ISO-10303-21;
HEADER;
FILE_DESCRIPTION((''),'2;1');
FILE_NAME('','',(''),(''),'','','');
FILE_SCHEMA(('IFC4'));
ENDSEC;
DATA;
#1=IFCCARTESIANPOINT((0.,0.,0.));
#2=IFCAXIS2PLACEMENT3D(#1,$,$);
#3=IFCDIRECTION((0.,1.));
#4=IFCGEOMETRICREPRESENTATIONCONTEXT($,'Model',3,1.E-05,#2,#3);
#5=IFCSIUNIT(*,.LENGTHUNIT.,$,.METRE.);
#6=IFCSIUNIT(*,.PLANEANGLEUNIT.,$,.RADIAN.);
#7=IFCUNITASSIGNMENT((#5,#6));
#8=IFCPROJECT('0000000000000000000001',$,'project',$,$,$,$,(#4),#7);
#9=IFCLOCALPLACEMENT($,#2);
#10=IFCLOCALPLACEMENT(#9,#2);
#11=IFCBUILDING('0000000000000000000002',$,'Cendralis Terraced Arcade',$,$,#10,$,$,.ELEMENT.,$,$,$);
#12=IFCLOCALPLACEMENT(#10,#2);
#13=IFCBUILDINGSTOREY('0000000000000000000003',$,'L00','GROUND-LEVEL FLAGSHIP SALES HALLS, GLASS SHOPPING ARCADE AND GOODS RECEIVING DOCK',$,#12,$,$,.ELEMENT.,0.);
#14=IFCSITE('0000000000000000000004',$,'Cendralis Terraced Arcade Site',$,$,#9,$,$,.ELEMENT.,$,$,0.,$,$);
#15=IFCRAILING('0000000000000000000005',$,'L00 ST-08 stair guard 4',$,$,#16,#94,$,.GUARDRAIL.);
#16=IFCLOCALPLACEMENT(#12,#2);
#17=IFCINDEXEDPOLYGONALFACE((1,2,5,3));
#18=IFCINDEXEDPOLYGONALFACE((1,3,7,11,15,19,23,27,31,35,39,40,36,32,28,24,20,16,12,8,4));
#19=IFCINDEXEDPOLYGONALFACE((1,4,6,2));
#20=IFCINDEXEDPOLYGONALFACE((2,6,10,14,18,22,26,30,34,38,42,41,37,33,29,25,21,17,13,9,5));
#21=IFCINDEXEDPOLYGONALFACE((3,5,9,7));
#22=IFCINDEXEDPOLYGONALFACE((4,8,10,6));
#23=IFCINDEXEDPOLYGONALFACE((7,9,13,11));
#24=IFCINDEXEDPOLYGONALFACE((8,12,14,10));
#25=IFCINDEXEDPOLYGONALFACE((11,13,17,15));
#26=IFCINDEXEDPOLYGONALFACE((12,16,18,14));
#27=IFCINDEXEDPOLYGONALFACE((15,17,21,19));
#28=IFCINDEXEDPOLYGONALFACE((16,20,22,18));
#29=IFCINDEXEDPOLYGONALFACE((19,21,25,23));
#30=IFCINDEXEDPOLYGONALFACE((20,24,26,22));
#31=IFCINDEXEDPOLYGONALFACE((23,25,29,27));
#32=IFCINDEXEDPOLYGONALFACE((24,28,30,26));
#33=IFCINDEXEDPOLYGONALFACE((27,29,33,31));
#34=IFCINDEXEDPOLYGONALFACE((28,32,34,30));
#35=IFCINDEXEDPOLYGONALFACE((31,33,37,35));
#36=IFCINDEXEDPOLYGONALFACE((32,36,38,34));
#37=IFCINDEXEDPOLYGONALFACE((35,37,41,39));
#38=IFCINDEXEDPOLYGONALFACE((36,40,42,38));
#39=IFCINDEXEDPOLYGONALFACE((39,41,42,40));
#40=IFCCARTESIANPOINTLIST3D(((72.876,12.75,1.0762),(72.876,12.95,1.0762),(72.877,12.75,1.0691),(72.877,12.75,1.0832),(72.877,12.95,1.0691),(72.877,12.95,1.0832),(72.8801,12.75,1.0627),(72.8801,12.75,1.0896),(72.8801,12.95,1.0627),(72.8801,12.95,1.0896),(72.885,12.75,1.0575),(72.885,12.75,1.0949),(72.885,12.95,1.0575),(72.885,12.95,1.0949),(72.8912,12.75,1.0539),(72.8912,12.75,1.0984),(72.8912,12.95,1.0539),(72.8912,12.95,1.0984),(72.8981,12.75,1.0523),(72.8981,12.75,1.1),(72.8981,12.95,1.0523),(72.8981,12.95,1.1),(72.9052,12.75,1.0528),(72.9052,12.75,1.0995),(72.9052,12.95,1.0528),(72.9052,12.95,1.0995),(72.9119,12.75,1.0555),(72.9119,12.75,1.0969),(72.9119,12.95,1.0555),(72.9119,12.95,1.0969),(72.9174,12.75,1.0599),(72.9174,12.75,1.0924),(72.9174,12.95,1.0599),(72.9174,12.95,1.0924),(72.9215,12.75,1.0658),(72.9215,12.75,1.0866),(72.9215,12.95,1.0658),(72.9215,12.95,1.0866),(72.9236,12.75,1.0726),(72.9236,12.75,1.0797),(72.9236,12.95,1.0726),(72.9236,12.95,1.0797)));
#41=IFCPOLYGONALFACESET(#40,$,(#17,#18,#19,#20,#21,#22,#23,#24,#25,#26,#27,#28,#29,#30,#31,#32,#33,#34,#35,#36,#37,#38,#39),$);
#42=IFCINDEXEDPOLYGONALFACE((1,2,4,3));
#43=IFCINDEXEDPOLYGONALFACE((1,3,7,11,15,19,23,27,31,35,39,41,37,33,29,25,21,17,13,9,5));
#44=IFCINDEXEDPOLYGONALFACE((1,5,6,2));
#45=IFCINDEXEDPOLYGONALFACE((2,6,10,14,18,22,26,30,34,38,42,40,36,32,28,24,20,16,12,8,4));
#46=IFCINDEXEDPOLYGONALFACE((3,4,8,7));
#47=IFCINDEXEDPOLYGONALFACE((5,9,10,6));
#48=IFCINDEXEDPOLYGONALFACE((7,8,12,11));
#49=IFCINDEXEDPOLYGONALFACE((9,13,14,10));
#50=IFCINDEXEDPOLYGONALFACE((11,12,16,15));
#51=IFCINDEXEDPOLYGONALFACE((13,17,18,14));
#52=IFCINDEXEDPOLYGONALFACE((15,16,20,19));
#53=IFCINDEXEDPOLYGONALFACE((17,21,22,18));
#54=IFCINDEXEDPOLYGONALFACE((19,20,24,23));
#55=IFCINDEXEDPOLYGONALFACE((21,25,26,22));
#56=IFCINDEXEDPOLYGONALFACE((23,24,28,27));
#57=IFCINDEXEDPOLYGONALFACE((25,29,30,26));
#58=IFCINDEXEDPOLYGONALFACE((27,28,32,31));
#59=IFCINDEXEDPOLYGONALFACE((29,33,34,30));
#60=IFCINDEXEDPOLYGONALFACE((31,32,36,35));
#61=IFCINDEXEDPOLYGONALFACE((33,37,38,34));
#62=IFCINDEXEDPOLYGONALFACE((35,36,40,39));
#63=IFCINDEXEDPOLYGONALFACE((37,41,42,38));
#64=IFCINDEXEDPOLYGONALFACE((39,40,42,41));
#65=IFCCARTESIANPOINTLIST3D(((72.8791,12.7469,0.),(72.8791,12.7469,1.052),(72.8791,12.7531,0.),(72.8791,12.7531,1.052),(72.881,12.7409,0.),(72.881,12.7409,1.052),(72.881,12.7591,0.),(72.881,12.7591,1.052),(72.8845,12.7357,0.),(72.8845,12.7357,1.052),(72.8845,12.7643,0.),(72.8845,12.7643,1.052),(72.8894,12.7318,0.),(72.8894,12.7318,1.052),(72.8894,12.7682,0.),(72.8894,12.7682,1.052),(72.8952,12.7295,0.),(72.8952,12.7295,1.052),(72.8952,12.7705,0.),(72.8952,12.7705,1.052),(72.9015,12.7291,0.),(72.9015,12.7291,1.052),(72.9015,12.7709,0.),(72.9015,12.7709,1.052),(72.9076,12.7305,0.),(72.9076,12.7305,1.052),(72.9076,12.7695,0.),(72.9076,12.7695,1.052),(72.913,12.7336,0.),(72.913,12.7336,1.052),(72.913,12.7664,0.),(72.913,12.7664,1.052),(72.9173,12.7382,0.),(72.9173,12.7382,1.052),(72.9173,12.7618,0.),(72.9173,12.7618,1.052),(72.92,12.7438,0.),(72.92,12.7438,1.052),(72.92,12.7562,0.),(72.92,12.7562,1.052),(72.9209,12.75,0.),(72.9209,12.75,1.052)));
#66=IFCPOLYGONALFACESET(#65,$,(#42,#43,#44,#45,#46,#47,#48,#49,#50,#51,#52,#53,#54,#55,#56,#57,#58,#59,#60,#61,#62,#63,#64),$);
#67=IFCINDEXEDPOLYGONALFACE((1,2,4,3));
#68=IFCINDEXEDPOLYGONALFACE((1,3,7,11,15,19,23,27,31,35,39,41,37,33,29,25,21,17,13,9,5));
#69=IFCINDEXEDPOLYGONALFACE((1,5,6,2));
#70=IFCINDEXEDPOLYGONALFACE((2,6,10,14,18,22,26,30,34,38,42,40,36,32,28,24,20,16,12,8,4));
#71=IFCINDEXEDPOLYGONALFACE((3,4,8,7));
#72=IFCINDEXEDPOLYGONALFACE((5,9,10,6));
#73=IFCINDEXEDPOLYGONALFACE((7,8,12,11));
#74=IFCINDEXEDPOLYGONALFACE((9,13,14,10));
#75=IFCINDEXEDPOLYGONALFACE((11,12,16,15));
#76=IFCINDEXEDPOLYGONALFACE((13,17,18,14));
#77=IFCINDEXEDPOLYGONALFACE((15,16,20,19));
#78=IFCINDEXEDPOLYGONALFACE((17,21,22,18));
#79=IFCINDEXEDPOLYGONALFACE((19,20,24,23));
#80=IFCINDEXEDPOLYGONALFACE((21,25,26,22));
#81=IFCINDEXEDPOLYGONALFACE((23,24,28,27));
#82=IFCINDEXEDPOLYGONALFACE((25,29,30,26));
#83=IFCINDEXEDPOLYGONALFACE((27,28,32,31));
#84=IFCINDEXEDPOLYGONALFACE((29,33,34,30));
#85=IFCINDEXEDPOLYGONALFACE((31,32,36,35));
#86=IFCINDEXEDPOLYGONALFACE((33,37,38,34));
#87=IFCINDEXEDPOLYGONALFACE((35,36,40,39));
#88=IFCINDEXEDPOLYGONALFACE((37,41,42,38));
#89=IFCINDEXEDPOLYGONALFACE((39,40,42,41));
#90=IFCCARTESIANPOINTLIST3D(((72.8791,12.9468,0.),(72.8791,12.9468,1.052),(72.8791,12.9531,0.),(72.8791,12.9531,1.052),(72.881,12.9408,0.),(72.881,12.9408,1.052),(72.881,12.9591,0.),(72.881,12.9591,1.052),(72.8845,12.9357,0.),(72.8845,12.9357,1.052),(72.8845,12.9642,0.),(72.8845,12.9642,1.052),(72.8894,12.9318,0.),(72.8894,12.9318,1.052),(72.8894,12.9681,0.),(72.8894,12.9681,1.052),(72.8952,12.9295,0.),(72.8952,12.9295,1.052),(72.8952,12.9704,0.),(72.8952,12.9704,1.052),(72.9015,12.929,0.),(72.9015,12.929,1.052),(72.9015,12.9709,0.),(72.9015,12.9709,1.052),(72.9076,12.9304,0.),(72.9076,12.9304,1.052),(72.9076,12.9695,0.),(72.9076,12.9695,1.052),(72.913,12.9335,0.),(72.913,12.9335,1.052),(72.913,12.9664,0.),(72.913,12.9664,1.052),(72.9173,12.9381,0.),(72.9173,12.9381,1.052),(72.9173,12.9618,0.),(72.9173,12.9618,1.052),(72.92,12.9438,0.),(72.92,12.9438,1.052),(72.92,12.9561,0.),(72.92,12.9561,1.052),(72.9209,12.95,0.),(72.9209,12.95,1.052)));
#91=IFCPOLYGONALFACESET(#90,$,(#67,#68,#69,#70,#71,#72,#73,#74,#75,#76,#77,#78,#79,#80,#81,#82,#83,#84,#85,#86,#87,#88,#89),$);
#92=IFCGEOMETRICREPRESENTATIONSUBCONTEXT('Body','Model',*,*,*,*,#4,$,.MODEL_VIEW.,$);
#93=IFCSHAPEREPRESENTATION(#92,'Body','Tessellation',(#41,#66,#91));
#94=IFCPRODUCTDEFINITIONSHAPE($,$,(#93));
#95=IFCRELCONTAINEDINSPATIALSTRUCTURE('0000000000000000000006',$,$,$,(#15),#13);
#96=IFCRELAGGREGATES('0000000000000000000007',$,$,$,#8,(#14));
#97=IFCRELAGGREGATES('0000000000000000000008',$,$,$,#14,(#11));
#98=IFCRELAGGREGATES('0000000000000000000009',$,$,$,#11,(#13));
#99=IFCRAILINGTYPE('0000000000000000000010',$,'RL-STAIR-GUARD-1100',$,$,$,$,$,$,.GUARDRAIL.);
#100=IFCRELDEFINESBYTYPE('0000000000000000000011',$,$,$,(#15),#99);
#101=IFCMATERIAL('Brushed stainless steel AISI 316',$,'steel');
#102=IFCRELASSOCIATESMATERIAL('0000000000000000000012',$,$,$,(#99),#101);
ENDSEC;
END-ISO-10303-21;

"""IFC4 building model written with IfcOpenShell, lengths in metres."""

from ifc_helpers import new_model, si_unit, direction, frame, origin, origin_2d, place, context, subcontext, project, spatial, circle, extrude, material, type_object, element, save


model = new_model("IFC4")

# Units and contexts
model_context = context("Model", 3, precision=1e-05, world=origin(), true_north=direction((0.0, 1.0)))
body_context = subcontext(model_context, "Body", "Model", "MODEL_VIEW")
ifc_project = project(units=[si_unit("LENGTHUNIT", "METRE"), si_unit("PLANEANGLEUNIT", "RADIAN")], contexts=[model_context])

# Site, building, storey
site_placement = place(None, origin())
site = spatial("IfcSite", under=ifc_project, at=site_placement, Name="Cendralis Terraced Arcade Site", CompositionType="ELEMENT", RefElevation=0.0)
building_placement = place(site_placement, origin())
building = spatial("IfcBuilding", under=site, at=building_placement, Name="Cendralis Terraced Arcade", CompositionType="ELEMENT")
storey_placement = place(building_placement, origin())
storey = spatial("IfcBuildingStorey", under=building, at=storey_placement, Name="L00", Description="GROUND-LEVEL FLAGSHIP SALES HALLS, GLASS SHOPPING ARCADE AND GOODS RECEIVING DOCK", CompositionType="ELEMENT", Elevation=0.0)

# Railing
ifc_material_1 = material(Name="Brushed stainless steel AISI 316", Category="steel")
railing_type = type_object("IfcRailingType", Name="RL-STAIR-GUARD-1100", PredefinedType="GUARDRAIL", material=ifc_material_1)
railing_1_placement = place(storey_placement, frame((72.8999, 12.75, 0.0)))
element("IfcRailing", 1, at=railing_1_placement, inside=storey, type_object=railing_type, Name="L00 ST-08 stair guard 4", PredefinedType="GUARDRAIL", context=body_context, shape_type="SweptSolid", body=[
    extrude(circle(Radius=0.0239, at=origin_2d()), frame((0.0, 0.0, 1.0762), z_axis=(0.0, 1.0, 0.0), x_axis=(-1.0, 0.0, 0.0)), (0.0, 0.0, 1.0), 0.2),
    extrude(circle(Radius=0.021, at=origin_2d()), origin(), (0.0, 0.0, 1.0), 1.052),
    extrude(circle(Radius=0.021, at=origin_2d()), frame((0.0, 0.2, 0.0)), (0.0, 0.0, 1.0), 1.052),
])

save(model, "model.ifc")
